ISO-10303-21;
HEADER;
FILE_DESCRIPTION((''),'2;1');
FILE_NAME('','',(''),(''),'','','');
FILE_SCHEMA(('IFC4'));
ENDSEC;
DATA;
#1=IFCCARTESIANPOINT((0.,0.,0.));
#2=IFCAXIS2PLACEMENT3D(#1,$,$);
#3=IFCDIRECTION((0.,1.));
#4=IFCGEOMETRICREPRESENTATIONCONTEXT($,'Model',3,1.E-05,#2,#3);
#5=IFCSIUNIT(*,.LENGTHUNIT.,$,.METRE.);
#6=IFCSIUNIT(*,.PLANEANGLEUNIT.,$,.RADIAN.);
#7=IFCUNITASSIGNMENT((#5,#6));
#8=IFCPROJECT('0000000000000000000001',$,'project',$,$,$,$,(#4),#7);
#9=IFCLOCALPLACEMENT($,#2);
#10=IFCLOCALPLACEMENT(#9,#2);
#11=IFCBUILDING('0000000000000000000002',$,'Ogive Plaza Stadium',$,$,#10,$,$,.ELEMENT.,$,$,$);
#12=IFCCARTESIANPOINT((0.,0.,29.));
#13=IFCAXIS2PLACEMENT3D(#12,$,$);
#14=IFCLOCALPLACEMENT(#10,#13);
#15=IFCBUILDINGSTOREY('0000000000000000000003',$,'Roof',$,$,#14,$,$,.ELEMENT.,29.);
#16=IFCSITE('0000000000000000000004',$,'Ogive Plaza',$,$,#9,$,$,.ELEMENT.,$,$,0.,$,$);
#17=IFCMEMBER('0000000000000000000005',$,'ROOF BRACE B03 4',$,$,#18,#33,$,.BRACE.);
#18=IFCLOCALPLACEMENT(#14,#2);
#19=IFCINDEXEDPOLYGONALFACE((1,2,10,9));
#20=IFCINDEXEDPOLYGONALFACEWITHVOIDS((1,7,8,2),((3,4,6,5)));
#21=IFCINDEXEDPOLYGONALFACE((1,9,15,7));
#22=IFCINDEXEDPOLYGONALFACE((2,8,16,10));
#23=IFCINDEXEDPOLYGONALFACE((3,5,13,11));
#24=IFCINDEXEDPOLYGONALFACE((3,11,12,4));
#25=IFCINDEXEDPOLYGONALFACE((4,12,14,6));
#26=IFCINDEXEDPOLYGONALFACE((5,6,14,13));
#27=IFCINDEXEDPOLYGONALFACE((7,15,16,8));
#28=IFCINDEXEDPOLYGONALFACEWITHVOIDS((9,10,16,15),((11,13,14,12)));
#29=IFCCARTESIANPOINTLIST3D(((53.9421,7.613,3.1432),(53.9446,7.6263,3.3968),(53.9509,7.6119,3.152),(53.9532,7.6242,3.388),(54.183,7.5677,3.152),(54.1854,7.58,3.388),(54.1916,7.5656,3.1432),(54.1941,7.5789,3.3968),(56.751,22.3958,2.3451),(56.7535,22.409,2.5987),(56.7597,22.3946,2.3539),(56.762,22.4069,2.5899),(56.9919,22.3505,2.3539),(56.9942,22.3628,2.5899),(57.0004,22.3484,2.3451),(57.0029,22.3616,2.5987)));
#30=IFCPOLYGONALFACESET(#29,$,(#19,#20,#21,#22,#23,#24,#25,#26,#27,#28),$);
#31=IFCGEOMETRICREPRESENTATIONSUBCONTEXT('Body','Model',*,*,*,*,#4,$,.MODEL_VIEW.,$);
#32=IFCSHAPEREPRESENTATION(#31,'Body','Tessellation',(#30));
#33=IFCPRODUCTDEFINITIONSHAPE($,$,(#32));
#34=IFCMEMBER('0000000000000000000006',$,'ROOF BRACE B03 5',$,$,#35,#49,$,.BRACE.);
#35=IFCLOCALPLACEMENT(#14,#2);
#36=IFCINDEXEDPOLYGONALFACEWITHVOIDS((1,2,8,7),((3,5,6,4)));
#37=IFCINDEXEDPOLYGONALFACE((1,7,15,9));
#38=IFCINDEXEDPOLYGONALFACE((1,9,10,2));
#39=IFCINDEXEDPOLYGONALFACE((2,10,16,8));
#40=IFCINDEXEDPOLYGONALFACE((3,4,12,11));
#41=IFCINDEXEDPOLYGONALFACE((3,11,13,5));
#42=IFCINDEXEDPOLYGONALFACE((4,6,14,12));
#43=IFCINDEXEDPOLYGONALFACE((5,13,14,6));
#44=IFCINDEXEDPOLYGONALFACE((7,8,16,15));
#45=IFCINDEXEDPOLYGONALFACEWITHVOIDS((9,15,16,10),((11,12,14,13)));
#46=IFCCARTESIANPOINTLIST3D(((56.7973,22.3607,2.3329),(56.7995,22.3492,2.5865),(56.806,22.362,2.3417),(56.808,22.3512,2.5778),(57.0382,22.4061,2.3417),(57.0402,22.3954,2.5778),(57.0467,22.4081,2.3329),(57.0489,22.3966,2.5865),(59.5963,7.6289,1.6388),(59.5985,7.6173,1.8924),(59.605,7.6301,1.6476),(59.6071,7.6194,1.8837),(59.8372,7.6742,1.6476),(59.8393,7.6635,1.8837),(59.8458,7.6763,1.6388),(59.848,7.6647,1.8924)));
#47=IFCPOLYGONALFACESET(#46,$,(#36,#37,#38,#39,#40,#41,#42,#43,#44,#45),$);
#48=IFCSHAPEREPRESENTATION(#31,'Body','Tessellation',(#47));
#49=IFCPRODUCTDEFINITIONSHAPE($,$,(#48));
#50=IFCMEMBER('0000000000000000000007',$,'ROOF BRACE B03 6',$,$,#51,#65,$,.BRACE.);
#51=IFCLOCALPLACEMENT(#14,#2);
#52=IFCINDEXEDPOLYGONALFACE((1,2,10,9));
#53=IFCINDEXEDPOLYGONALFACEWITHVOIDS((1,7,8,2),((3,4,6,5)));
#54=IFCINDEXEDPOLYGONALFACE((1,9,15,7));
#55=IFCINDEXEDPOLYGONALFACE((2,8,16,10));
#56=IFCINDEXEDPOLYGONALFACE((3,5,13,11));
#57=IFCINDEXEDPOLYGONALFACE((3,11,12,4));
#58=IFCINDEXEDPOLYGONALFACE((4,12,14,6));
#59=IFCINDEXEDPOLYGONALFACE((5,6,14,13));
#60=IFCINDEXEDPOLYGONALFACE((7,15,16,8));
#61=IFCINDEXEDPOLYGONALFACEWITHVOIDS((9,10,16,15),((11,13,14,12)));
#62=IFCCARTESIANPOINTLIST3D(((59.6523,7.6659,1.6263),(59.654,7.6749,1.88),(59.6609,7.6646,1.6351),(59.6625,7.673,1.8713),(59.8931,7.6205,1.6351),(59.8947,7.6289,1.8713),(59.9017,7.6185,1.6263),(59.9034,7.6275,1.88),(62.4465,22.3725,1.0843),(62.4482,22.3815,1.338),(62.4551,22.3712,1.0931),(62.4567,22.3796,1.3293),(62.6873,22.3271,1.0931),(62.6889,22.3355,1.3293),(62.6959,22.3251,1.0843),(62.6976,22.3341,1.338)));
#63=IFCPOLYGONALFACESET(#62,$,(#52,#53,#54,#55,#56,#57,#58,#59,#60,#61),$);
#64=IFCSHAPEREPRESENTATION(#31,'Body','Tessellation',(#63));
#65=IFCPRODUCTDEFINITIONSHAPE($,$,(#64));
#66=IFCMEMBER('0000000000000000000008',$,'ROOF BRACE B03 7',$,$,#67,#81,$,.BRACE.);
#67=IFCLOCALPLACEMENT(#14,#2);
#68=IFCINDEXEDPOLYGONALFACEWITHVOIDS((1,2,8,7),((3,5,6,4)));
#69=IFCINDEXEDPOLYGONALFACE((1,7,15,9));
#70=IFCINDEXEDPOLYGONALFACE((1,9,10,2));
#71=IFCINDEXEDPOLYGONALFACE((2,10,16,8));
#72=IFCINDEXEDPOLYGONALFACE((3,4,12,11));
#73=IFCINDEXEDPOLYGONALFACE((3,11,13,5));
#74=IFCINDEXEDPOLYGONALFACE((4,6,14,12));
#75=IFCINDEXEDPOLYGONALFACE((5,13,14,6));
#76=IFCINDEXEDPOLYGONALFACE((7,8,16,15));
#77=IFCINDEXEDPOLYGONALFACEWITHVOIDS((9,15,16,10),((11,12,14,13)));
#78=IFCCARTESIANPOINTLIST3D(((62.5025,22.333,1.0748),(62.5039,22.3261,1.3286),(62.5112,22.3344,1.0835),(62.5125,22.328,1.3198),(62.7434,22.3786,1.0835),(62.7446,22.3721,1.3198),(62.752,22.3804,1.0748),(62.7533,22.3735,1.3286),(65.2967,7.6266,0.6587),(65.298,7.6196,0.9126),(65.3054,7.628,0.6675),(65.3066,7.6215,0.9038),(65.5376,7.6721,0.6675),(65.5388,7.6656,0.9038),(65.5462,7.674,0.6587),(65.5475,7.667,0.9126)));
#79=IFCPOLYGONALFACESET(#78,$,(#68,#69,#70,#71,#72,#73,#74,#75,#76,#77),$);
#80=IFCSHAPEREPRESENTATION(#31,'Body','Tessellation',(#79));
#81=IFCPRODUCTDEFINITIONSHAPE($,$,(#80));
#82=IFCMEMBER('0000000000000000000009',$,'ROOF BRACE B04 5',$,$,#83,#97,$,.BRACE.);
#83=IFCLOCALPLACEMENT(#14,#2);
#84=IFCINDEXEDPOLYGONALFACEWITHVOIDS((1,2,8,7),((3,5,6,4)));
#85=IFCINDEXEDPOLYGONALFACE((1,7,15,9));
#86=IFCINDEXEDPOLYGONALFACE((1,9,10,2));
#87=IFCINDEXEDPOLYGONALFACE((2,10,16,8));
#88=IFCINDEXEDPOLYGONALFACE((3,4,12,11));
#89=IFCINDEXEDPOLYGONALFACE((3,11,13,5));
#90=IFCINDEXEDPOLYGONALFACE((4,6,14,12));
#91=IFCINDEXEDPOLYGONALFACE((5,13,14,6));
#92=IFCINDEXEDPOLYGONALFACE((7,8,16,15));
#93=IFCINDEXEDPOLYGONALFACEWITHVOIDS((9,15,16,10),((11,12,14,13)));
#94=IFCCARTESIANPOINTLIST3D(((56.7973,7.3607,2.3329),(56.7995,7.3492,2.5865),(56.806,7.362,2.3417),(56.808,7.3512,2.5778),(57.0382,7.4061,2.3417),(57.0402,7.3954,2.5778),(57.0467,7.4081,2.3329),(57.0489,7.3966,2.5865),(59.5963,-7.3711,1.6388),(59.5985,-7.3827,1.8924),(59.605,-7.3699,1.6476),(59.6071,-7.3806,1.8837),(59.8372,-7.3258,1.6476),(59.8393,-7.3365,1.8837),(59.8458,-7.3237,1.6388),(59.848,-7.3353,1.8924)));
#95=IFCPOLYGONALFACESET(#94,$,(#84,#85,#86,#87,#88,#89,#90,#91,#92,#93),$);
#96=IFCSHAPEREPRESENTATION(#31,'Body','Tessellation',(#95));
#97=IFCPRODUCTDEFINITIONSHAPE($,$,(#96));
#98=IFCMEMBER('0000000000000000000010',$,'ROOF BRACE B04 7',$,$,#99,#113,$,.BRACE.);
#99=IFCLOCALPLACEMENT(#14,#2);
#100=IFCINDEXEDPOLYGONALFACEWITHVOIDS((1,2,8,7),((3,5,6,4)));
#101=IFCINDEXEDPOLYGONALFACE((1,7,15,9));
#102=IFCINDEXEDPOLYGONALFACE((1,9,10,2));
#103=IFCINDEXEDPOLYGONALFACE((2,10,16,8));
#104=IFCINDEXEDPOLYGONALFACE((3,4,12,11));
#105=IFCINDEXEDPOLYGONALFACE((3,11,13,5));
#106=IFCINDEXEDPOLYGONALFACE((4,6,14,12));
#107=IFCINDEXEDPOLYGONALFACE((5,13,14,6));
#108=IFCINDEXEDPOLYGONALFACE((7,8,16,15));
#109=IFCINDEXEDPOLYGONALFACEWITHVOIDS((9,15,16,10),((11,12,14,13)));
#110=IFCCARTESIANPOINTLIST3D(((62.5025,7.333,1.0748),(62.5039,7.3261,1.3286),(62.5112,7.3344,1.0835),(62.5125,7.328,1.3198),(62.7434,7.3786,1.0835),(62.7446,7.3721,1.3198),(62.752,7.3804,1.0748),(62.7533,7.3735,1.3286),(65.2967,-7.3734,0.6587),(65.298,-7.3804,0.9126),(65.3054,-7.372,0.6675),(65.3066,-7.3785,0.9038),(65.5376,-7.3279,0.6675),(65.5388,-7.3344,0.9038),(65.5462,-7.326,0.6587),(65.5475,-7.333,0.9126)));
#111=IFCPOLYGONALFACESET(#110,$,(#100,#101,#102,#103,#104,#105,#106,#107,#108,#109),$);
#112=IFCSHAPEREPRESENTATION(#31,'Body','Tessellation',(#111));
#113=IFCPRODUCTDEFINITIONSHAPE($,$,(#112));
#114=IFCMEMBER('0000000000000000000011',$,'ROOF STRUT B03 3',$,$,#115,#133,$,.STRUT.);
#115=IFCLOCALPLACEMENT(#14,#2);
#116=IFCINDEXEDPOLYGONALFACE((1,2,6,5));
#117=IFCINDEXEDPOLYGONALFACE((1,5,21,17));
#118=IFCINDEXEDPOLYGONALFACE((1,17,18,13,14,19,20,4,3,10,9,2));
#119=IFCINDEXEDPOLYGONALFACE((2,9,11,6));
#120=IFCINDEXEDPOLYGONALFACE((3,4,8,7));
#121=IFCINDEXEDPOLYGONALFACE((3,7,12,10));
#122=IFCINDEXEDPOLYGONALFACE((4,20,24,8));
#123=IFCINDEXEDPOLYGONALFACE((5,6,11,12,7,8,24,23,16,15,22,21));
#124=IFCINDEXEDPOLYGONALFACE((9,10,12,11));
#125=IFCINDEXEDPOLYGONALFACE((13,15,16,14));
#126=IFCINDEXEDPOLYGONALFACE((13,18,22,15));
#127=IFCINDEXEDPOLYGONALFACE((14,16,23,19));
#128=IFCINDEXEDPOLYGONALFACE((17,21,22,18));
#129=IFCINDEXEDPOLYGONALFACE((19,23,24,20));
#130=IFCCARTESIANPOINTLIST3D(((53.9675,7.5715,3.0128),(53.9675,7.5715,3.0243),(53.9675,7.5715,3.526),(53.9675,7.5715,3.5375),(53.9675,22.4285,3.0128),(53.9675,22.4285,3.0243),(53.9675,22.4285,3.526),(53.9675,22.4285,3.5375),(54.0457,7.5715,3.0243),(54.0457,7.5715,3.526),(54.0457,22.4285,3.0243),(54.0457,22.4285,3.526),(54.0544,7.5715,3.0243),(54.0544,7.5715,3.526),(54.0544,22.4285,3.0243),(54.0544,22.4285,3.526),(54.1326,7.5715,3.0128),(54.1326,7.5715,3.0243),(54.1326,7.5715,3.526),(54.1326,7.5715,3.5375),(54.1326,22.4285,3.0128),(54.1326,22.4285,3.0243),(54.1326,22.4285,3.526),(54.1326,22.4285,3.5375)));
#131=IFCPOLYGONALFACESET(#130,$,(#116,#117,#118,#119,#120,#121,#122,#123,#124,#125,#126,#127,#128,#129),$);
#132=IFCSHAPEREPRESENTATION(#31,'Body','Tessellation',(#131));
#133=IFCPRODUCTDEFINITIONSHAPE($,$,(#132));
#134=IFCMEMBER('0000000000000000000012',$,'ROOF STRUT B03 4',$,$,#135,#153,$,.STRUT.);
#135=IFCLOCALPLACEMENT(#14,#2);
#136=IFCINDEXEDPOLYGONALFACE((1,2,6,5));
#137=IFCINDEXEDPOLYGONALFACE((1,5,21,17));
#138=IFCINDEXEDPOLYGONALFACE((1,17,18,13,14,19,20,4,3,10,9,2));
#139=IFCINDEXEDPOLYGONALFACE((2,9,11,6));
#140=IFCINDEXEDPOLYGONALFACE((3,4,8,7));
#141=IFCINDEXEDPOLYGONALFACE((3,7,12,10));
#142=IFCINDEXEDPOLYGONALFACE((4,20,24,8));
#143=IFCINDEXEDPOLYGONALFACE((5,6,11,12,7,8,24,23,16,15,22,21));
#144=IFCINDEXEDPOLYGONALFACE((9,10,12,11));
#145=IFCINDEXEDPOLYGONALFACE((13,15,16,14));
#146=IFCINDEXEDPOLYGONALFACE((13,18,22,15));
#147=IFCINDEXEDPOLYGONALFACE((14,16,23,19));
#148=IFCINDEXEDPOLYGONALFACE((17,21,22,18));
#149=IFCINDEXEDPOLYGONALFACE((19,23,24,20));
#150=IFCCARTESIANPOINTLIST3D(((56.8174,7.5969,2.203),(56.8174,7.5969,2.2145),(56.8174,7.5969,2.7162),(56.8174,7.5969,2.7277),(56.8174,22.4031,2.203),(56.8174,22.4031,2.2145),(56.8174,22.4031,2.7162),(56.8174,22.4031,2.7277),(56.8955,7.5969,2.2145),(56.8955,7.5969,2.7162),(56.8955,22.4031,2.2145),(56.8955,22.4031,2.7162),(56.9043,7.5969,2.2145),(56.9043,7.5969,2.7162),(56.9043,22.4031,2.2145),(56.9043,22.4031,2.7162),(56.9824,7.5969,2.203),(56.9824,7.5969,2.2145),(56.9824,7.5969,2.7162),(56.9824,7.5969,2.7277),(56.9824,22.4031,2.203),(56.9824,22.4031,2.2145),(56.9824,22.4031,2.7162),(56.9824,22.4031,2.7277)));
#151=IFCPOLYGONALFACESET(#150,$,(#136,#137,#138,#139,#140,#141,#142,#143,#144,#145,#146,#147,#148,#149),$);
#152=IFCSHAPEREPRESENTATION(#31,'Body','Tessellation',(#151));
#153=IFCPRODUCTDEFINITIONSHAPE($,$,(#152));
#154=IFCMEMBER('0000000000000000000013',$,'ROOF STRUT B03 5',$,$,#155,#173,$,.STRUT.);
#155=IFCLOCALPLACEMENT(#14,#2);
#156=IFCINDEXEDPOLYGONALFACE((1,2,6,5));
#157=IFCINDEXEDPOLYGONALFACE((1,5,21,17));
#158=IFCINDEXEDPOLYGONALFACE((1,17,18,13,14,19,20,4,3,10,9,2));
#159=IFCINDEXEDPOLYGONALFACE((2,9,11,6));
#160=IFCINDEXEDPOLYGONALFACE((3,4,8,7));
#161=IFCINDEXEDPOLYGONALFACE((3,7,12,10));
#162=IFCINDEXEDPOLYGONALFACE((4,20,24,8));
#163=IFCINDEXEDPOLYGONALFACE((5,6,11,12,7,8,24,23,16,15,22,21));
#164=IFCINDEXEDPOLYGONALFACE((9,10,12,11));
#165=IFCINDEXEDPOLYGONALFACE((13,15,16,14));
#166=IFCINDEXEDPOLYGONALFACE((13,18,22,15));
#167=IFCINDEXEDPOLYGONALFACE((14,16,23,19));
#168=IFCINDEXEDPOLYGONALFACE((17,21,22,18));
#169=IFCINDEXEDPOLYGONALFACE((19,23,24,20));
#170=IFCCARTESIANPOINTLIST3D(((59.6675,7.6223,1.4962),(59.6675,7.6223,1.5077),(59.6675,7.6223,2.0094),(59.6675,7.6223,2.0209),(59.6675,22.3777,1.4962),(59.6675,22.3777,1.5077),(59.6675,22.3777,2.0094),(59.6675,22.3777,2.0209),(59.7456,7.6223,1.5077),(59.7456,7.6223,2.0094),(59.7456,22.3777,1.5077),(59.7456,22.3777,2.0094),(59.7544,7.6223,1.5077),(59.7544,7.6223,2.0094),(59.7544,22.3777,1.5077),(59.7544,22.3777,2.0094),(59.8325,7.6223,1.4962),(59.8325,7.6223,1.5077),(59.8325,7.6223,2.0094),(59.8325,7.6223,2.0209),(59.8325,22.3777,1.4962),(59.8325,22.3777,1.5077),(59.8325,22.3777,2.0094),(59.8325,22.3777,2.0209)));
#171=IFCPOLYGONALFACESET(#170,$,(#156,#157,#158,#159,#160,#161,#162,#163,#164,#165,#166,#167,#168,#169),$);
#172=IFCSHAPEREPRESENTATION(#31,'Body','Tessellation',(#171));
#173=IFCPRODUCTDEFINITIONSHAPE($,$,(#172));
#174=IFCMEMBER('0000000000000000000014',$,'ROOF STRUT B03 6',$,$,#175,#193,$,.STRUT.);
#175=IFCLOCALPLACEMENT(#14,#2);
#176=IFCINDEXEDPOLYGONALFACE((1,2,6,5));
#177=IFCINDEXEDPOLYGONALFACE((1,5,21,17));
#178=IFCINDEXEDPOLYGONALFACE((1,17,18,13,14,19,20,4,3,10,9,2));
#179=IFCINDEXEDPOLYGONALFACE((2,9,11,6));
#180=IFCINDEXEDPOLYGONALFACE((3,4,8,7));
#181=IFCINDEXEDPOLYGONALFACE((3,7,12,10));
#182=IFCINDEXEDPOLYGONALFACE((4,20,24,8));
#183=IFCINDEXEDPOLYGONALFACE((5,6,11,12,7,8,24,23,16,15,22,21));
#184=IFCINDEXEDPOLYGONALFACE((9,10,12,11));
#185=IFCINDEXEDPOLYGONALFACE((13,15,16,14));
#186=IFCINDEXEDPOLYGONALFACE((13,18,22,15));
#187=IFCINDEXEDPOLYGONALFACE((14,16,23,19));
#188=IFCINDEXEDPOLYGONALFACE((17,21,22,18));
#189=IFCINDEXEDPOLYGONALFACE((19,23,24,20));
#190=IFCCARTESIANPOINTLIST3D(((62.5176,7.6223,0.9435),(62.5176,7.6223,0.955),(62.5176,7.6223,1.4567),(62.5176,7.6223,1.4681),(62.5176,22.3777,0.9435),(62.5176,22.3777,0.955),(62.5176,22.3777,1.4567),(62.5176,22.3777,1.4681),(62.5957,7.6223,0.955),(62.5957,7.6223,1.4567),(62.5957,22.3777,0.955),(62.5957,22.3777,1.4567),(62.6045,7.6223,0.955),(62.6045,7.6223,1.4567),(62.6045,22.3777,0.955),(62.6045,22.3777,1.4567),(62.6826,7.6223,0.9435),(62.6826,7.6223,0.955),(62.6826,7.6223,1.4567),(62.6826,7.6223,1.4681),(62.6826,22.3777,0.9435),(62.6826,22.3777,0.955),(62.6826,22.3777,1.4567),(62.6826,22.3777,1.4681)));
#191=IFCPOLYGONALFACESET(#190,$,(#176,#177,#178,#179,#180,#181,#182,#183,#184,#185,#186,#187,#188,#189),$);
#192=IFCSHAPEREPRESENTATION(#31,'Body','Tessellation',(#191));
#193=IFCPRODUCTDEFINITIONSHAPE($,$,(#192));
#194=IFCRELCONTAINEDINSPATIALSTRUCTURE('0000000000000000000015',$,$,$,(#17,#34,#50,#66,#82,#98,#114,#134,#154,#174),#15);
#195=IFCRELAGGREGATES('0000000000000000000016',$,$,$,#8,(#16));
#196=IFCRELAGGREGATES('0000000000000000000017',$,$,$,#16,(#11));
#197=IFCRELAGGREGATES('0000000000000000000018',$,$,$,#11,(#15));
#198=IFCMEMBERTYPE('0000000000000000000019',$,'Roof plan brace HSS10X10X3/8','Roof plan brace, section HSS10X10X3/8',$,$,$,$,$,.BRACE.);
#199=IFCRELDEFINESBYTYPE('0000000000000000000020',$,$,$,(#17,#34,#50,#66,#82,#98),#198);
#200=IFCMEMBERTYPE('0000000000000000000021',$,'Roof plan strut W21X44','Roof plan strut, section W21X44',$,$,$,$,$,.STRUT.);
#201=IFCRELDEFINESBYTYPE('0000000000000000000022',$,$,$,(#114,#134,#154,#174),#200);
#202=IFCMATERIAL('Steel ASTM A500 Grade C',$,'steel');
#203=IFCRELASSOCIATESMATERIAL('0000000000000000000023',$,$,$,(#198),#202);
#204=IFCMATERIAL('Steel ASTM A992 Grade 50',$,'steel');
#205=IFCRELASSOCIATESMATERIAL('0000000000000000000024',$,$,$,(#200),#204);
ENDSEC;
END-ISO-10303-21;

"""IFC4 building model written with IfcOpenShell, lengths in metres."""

from ifc_helpers import new_model, si_unit, direction, frame, origin, origin_2d, place, context, subcontext, project, spatial, hollow_rectangle, i_section, extrude, material, material_profile, profile_set, type_object, element, save


model = new_model("IFC4")

# Units and contexts
model_context = context("Model", 3, precision=1e-05, world=origin(), true_north=direction((0.0, 1.0)))
body_context = subcontext(model_context, "Body", "Model", "MODEL_VIEW")
ifc_project = project(units=[si_unit("LENGTHUNIT", "METRE"), si_unit("PLANEANGLEUNIT", "RADIAN")], contexts=[model_context])

# Site, building, storey
site_placement = place(None, origin())
site = spatial("IfcSite", under=ifc_project, at=site_placement, Name="Ogive Plaza", CompositionType="ELEMENT", RefElevation=0.0)
building_placement = place(site_placement, origin())
building = spatial("IfcBuilding", under=site, at=building_placement, Name="Ogive Plaza Stadium", CompositionType="ELEMENT")
storey_placement = place(building_placement, frame((0.0, 0.0, 29.0)))
storey = spatial("IfcBuildingStorey", under=building, at=storey_placement, Name="Roof", CompositionType="ELEMENT", Elevation=29.0)

# Members
ifc_material_1 = material(Name="Steel ASTM A500 Grade C", Category="steel")
ifc_material_profile_1 = material_profile(ifc_material_1, hollow_rectangle(XDim=0.2539, YDim=0.2539, WallThickness=0.0088, at=origin_2d()), Name="HSS10X10X3/8")
ifc_profile_set_1 = profile_set([ifc_material_profile_1], Name="Steel ASTM A500 Grade C")
member_type_1 = type_object("IfcMemberType", Name="Roof plan brace HSS10X10X3/8", Description="Roof plan brace, section HSS10X10X3/8", PredefinedType="BRACE", material=ifc_profile_set_1)
member_1_placement = place(storey_placement, frame((54.0681, 7.5959, 3.27), z_axis=(0.186406, 0.981044, -0.052965), x_axis=(-0.982423, 0.186668, 0.0)))
element("IfcMember", 1, at=member_1_placement, inside=storey, type_object=member_type_1, Name="ROOF BRACE B03 4", PredefinedType="BRACE", context=body_context, shape_type="SweptSolid", body=[
    extrude(hollow_rectangle(XDim=0.2539, YDim=0.2539, WallThickness=0.0088, at=origin_2d()), origin(), (0.0, 0.0, 1.0), 15.0684),
])
member_2_placement = place(storey_placement, frame((56.9231, 22.3787, 2.4597), z_axis=(0.186461, -0.981374, -0.046237), x_axis=(0.982424, 0.186661, 0.0)))
element("IfcMember", 2, at=member_2_placement, inside=storey, type_object=member_type_1, Name="ROOF BRACE B03 5", PredefinedType="BRACE", context=body_context, shape_type="SweptSolid", body=[
    extrude(hollow_rectangle(XDim=0.2539, YDim=0.2539, WallThickness=0.0088, at=origin_2d()), origin(), (0.0, 0.0, 1.0), 15.0115),
])
member_3_placement = place(storey_placement, frame((59.7778, 7.6467, 1.7532), z_axis=(0.186535, 0.981782, -0.036182), x_axis=(-0.982425, 0.186657, 0.0)))
element("IfcMember", 3, at=member_3_placement, inside=storey, type_object=member_type_1, Name="ROOF BRACE B03 6", PredefinedType="BRACE", context=body_context, shape_type="SweptSolid", body=[
    extrude(hollow_rectangle(XDim=0.2539, YDim=0.2539, WallThickness=0.0088, at=origin_2d()), origin(), (0.0, 0.0, 1.0), 14.9795),
])
member_4_placement = place(storey_placement, frame((62.6279, 22.3533, 1.2017), z_axis=(0.186585, -0.982046, -0.02778), x_axis=(0.982425, 0.186657, 0.0)))
element("IfcMember", 4, at=member_4_placement, inside=storey, type_object=member_type_1, Name="ROOF BRACE B03 7", PredefinedType="BRACE", context=body_context, shape_type="SweptSolid", body=[
    extrude(hollow_rectangle(XDim=0.2539, YDim=0.2539, WallThickness=0.0088, at=origin_2d()), origin(), (0.0, 0.0, 1.0), 14.9753),
])
member_5_placement = place(storey_placement, frame((56.9231, 7.3787, 2.4597), z_axis=(0.186461, -0.981374, -0.046237), x_axis=(0.982424, 0.186661, 0.0)))
element("IfcMember", 5, at=member_5_placement, inside=storey, type_object=member_type_1, Name="ROOF BRACE B04 5", PredefinedType="BRACE", context=body_context, shape_type="SweptSolid", body=[
    extrude(hollow_rectangle(XDim=0.2539, YDim=0.2539, WallThickness=0.0088, at=origin_2d()), origin(), (0.0, 0.0, 1.0), 15.0115),
])
member_6_placement = place(storey_placement, frame((62.6279, 7.3533, 1.2017), z_axis=(0.186585, -0.982046, -0.02778), x_axis=(0.982425, 0.186657, 0.0)))
element("IfcMember", 6, at=member_6_placement, inside=storey, type_object=member_type_1, Name="ROOF BRACE B04 7", PredefinedType="BRACE", context=body_context, shape_type="SweptSolid", body=[
    extrude(hollow_rectangle(XDim=0.2539, YDim=0.2539, WallThickness=0.0088, at=origin_2d()), origin(), (0.0, 0.0, 1.0), 14.9753),
])
ifc_material_2 = material(Name="Steel ASTM A992 Grade 50", Category="steel")
ifc_material_profile_2 = material_profile(ifc_material_2, i_section(OverallWidth=0.165, OverallDepth=0.5247, WebThickness=0.0088, FlangeThickness=0.0115, at=origin_2d()), Name="W21X44")
ifc_profile_set_2 = profile_set([ifc_material_profile_2], Name="Steel ASTM A992 Grade 50")
member_type_2 = type_object("IfcMemberType", Name="Roof plan strut W21X44", Description="Roof plan strut, section W21X44", PredefinedType="STRUT", material=ifc_profile_set_2)
member_7_placement = place(storey_placement, frame((54.05, 22.4285, 3.2751), z_axis=(0.0, -1.0, 0.0), x_axis=(1.0, 0.0, 0.0)))
element("IfcMember", 7, at=member_7_placement, inside=storey, type_object=member_type_2, Name="ROOF STRUT B03 3", PredefinedType="STRUT", context=body_context, shape_type="SweptSolid", body=[
    extrude(i_section(OverallWidth=0.165, OverallDepth=0.5247, WebThickness=0.0088, FlangeThickness=0.0115, at=origin_2d()), origin(), (0.0, 0.0, 1.0), 14.8569),
])
member_8_placement = place(storey_placement, frame((56.8999, 22.4031, 2.4653), z_axis=(0.0, -1.0, 0.0), x_axis=(1.0, 0.0, 0.0)))
element("IfcMember", 8, at=member_8_placement, inside=storey, type_object=member_type_2, Name="ROOF STRUT B03 4", PredefinedType="STRUT", context=body_context, shape_type="SweptSolid", body=[
    extrude(i_section(OverallWidth=0.165, OverallDepth=0.5247, WebThickness=0.0088, FlangeThickness=0.0115, at=origin_2d()), origin(), (0.0, 0.0, 1.0), 14.8062),
])
for number, where, z_axis, x_axis, name in (
    (9, (59.75, 22.3777, 1.7585), (0.0, -1.0, 0.0), (1.0, 0.0, 0.0), "ROOF STRUT B03 5"),
    (10, (62.6001, 22.3777, 1.2058), (0.0, -1.0, 0.0), (1.0, 0.0, 0.0), "ROOF STRUT B03 6"),
):
    element("IfcMember", number, at=place(storey_placement, frame(where, z_axis=z_axis, x_axis=x_axis)), inside=storey, type_object=member_type_2, Name=name, PredefinedType="STRUT", context=body_context, shape_type="SweptSolid", body=[
        extrude(i_section(OverallWidth=0.165, OverallDepth=0.5247, WebThickness=0.0088, FlangeThickness=0.0115, at=origin_2d()), origin(), (0.0, 0.0, 1.0), 14.7554),
    ])

save(model, "model.ifc")
